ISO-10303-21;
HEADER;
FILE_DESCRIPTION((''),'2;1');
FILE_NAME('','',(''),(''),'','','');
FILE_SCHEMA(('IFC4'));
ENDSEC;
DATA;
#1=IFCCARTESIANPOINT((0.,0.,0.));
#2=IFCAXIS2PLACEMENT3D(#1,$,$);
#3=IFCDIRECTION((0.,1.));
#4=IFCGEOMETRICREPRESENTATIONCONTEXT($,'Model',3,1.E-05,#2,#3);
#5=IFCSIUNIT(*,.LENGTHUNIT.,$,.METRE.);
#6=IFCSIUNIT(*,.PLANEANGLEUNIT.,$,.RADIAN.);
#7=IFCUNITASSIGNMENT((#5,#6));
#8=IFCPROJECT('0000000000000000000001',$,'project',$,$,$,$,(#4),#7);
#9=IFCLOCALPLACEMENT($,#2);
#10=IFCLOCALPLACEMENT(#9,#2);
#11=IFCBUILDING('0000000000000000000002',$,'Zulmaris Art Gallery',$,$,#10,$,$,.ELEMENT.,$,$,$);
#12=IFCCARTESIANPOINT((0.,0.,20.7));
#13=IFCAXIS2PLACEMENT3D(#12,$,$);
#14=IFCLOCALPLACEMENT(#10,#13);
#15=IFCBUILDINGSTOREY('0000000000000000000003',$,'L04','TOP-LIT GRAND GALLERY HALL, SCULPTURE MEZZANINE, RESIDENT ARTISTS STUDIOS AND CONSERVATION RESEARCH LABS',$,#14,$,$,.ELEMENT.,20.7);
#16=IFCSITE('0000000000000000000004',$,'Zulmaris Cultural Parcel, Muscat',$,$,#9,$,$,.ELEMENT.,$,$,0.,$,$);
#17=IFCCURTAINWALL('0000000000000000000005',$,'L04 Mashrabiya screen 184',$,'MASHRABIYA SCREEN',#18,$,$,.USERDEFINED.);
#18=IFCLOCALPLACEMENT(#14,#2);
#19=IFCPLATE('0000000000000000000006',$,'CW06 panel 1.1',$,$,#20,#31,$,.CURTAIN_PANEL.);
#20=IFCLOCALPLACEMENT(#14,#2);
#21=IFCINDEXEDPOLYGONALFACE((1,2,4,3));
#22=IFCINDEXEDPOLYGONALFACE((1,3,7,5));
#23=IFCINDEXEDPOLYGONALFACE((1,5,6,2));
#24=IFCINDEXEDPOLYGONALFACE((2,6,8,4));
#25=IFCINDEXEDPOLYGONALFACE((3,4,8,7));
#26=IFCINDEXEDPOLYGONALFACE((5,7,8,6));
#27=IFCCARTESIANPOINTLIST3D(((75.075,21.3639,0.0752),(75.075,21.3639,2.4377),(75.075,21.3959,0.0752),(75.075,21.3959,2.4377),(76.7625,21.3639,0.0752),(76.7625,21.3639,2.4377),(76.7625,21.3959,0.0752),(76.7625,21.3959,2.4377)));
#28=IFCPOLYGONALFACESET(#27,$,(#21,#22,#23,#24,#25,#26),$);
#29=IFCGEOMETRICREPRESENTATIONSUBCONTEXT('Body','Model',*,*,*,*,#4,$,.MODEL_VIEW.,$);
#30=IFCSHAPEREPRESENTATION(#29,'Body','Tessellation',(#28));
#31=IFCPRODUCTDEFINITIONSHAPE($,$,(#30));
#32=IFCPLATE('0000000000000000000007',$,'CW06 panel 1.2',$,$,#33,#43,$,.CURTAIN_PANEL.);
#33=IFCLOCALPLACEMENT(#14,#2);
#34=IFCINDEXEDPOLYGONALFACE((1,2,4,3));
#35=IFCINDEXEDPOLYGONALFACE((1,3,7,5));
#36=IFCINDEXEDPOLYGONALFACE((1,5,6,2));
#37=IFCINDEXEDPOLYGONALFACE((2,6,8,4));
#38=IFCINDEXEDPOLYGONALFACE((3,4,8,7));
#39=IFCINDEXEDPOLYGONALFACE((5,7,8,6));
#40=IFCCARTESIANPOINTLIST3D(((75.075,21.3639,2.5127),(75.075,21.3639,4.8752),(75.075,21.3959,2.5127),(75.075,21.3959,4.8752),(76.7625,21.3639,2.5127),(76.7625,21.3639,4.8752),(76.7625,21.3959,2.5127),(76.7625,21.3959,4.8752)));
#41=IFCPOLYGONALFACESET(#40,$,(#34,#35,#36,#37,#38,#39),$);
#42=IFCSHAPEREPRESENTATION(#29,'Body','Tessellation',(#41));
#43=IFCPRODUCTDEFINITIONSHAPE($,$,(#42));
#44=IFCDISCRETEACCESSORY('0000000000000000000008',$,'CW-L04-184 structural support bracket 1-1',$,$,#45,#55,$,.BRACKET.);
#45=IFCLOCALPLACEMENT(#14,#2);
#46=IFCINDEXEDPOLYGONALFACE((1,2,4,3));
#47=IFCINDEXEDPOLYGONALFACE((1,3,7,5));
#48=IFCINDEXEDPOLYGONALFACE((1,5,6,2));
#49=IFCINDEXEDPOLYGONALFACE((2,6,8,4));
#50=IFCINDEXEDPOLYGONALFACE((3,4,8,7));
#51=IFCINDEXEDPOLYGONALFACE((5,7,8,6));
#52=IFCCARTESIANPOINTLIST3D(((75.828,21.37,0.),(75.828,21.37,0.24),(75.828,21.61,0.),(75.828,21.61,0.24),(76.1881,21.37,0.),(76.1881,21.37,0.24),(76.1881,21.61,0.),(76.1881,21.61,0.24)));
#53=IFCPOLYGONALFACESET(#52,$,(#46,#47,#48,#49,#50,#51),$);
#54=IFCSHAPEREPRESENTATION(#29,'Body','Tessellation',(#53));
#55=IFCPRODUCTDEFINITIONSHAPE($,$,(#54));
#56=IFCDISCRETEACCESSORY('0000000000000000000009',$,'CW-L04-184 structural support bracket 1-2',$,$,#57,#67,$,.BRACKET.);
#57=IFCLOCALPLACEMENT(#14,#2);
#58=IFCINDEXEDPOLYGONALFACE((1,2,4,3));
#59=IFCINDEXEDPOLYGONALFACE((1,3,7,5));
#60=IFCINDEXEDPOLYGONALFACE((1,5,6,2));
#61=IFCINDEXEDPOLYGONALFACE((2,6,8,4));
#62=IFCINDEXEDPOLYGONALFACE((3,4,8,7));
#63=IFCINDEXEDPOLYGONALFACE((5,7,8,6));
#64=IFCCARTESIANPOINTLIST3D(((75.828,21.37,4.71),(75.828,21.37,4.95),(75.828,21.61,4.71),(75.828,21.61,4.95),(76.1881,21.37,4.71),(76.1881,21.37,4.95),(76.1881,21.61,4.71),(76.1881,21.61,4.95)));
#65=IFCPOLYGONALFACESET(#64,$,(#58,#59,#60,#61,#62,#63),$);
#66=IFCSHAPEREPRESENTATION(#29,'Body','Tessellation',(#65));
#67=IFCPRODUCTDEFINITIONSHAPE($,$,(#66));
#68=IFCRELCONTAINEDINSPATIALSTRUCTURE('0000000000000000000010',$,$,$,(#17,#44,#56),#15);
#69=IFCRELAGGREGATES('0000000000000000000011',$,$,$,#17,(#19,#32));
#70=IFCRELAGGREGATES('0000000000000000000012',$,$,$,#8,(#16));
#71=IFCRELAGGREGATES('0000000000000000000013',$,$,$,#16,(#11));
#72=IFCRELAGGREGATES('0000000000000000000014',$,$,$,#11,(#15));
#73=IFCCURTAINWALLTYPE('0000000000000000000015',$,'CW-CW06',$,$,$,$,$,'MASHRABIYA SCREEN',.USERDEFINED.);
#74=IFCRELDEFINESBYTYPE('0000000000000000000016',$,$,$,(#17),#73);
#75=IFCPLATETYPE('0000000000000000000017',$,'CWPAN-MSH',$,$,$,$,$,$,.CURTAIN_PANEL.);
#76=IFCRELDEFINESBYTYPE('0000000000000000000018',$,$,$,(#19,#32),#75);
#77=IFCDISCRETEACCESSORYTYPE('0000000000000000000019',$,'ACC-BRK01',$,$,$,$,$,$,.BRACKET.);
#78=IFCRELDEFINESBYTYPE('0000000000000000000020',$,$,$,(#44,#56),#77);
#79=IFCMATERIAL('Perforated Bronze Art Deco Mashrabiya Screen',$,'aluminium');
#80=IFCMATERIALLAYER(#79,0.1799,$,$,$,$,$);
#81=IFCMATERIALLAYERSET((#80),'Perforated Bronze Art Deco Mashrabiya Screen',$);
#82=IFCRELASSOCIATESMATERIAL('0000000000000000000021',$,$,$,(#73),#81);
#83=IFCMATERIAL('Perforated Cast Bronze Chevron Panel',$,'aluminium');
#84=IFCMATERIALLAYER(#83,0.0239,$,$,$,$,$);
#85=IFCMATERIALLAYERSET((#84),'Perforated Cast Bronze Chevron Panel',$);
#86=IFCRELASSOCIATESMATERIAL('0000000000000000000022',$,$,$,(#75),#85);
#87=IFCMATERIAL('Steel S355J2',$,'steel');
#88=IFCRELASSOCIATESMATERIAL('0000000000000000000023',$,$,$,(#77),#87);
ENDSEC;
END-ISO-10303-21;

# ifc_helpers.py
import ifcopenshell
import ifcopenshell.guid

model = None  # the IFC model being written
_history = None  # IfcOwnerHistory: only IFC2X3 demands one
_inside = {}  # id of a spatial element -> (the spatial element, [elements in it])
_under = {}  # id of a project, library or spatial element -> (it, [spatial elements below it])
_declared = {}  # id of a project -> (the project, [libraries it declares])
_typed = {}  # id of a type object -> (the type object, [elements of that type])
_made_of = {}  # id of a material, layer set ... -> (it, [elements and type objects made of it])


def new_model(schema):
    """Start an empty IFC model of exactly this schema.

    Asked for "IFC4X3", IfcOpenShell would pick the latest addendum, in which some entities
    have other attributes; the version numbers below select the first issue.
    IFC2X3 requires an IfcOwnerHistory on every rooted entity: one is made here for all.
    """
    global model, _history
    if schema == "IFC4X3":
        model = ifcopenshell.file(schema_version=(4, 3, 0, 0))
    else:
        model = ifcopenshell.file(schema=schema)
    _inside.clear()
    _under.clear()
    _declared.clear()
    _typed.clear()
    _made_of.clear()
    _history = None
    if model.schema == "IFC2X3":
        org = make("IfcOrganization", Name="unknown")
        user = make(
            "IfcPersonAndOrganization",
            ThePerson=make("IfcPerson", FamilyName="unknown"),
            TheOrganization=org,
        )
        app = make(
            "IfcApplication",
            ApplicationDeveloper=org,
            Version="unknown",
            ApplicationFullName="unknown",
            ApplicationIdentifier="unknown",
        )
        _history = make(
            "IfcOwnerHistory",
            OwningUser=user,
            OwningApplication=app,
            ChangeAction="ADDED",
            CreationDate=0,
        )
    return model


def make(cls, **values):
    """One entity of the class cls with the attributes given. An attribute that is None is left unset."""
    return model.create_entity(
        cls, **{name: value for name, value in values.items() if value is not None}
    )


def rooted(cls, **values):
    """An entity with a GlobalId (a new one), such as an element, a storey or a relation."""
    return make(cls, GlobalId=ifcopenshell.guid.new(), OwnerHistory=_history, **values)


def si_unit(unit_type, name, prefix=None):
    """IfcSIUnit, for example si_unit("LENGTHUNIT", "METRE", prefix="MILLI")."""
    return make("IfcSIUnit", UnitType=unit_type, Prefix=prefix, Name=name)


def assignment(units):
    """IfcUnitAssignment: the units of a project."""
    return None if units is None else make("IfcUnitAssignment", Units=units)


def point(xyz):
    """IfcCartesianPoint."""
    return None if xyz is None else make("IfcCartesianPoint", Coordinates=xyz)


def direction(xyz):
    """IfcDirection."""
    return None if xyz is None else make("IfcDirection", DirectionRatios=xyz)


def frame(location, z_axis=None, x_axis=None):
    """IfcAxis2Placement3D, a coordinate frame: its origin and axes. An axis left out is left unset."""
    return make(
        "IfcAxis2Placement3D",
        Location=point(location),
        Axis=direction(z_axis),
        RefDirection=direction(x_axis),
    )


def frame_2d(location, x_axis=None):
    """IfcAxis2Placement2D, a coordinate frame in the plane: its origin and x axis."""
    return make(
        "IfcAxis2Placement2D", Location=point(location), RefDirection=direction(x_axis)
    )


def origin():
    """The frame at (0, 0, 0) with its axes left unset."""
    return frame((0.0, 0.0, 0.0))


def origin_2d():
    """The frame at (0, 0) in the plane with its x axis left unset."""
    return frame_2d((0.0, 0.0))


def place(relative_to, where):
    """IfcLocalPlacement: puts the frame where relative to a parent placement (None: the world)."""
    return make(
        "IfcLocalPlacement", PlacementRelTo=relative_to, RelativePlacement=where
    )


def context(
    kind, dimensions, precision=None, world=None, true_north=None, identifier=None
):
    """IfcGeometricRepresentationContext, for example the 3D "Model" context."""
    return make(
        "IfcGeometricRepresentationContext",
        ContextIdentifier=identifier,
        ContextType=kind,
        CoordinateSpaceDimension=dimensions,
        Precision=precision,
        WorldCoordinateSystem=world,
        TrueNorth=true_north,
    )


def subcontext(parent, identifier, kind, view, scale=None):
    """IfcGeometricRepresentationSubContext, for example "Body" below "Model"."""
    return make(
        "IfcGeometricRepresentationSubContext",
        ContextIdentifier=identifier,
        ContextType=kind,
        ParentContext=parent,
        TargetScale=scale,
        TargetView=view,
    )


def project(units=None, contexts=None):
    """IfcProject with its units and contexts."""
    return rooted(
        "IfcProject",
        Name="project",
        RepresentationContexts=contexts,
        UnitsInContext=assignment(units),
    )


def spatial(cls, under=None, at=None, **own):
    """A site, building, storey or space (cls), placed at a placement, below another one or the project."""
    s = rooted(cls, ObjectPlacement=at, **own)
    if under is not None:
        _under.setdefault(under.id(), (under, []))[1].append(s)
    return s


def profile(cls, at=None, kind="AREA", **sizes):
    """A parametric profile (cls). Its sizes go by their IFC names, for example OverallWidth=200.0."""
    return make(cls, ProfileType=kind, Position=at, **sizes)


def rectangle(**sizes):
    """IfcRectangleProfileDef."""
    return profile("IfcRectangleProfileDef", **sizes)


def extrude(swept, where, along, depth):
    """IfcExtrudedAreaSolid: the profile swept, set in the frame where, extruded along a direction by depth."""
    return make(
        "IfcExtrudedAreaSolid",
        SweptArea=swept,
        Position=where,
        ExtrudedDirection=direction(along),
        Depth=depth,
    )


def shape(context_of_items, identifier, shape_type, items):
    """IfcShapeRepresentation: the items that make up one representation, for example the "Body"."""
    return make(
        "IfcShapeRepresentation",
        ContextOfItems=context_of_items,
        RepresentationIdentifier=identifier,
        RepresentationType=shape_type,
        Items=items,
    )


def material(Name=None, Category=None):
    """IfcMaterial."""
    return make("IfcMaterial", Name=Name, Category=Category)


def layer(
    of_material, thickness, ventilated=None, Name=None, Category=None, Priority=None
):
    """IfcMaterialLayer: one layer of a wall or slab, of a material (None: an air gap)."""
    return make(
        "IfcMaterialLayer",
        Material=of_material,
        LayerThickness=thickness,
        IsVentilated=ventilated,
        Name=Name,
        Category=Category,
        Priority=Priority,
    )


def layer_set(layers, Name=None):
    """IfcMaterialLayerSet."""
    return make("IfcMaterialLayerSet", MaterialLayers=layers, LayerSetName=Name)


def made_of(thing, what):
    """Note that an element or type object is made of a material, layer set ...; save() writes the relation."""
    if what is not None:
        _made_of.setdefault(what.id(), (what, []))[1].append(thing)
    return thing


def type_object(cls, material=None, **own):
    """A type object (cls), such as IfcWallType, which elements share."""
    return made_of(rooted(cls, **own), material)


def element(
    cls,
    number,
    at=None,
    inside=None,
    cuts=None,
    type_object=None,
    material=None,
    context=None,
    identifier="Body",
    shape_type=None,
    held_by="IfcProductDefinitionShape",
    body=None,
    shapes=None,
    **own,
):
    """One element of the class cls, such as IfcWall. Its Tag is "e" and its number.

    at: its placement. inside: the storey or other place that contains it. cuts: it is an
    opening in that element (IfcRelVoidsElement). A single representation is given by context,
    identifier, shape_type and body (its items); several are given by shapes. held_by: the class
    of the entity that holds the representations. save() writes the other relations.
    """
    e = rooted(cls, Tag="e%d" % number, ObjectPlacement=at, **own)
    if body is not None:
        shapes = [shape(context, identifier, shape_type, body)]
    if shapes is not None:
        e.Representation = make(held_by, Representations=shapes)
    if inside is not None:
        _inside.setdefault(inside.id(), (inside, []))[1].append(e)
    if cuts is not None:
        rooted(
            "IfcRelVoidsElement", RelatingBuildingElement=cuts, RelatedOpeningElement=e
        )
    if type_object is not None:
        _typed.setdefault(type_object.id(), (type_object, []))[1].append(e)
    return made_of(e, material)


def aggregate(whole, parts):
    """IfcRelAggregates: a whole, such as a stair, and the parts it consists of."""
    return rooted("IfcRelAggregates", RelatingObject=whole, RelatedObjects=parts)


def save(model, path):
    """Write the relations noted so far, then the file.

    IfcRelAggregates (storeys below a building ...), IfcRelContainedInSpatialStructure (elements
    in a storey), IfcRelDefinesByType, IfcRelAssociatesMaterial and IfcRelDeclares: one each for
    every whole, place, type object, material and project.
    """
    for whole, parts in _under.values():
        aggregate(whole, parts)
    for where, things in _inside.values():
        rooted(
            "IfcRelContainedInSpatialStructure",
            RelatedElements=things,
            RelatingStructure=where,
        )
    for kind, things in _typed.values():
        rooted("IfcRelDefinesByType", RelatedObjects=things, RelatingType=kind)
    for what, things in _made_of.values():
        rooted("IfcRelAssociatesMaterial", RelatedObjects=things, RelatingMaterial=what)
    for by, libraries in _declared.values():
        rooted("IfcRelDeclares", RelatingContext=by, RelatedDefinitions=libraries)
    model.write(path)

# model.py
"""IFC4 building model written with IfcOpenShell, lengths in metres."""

from ifc_helpers import new_model, si_unit, direction, frame, origin, origin_2d, place, context, subcontext, project, spatial, rectangle, extrude, material, layer, layer_set, type_object, element, aggregate, save


model = new_model("IFC4")

# Units and contexts
model_context = context("Model", 3, precision=1e-05, world=origin(), true_north=direction((0.0, 1.0)))
body_context = subcontext(model_context, "Body", "Model", "MODEL_VIEW")
ifc_project = project(units=[si_unit("LENGTHUNIT", "METRE"), si_unit("PLANEANGLEUNIT", "RADIAN")], contexts=[model_context])

# Site, building, storey
site_placement = place(None, origin())
site = spatial("IfcSite", under=ifc_project, at=site_placement, Name="Zulmaris Cultural Parcel, Muscat", CompositionType="ELEMENT", RefElevation=0.0)
building_placement = place(site_placement, origin())
building = spatial("IfcBuilding", under=site, at=building_placement, Name="Zulmaris Art Gallery", CompositionType="ELEMENT")
storey_placement = place(building_placement, frame((0.0, 0.0, 20.7)))
storey = spatial("IfcBuildingStorey", under=building, at=storey_placement, Name="L04", Description="TOP-LIT GRAND GALLERY HALL, SCULPTURE MEZZANINE, RESIDENT ARTISTS STUDIOS AND CONSERVATION RESEARCH LABS", CompositionType="ELEMENT", Elevation=20.7)

# Shared definitions
ifc_material_1 = material(Name="Steel S355J2", Category="steel")

# Shared definitions
ifc_material_2 = material(Name="Perforated Bronze Art Deco Mashrabiya Screen", Category="aluminium")
ifc_layer_1 = layer(ifc_material_2, 0.1799)
ifc_layer_set_1 = layer_set([ifc_layer_1], Name="Perforated Bronze Art Deco Mashrabiya Screen")
curtain_wall_type_1 = type_object("IfcCurtainWallType", Name="CW-CW06", ElementType="MASHRABIYA SCREEN", PredefinedType="USERDEFINED", material=ifc_layer_set_1)

# Curtain wall
curtain_wall_1_placement = place(storey_placement, origin())
curtain_wall_1 = element("IfcCurtainWall", 1, at=curtain_wall_1_placement, inside=storey, type_object=curtain_wall_type_1, Name="L04 Mashrabiya screen 184", ObjectType="MASHRABIYA SCREEN", PredefinedType="USERDEFINED")

# Plates
ifc_material_3 = material(Name="Perforated Cast Bronze Chevron Panel", Category="aluminium")
ifc_layer_2 = layer(ifc_material_3, 0.0239)
ifc_layer_set_2 = layer_set([ifc_layer_2], Name="Perforated Cast Bronze Chevron Panel")
plate_type_1 = type_object("IfcPlateType", Name="CWPAN-MSH", PredefinedType="CURTAIN_PANEL", material=ifc_layer_set_2)
plate_1_placement = place(storey_placement, frame((75.9187, 21.3799, 0.0752), z_axis=(0.0, 0.0, 1.0), x_axis=(1.0, 0.0, 0.0)))
plate_1 = element("IfcPlate", 2, at=plate_1_placement, type_object=plate_type_1, Name="CW06 panel 1.1", PredefinedType="CURTAIN_PANEL", context=body_context, shape_type="SweptSolid", body=[
    extrude(rectangle(XDim=1.6875, YDim=0.032, at=origin_2d()), origin(), (0.0, 0.0, 1.0), 2.3625),
])
plate_2_placement = place(storey_placement, frame((75.9187, 21.3799, 2.5127), z_axis=(0.0, 0.0, 1.0), x_axis=(1.0, 0.0, 0.0)))
plate_2 = element("IfcPlate", 3, at=plate_2_placement, type_object=plate_type_1, Name="CW06 panel 1.2", PredefinedType="CURTAIN_PANEL", context=body_context, shape_type="SweptSolid", body=[
    extrude(rectangle(XDim=1.6875, YDim=0.032, at=origin_2d()), origin(), (0.0, 0.0, 1.0), 2.3625),
])
aggregate(curtain_wall_1, [plate_1, plate_2])

# Discrete accessories
discrete_accessory_type = type_object("IfcDiscreteAccessoryType", Name="ACC-BRK01", PredefinedType="BRACKET", material=ifc_material_1)
for number, where, z_axis, x_axis, name in (
    (4, (76.0081, 21.49, 0.0), (0.0, 0.0, 1.0), (1.0, 0.0, 0.0), "CW-L04-184 structural support bracket 1-1"),
    (5, (76.0081, 21.49, 4.71), (0.0, 0.0, 1.0), (1.0, 0.0, 0.0), "CW-L04-184 structural support bracket 1-2"),
):
    element("IfcDiscreteAccessory", number, at=place(storey_placement, frame(where, z_axis=z_axis, x_axis=x_axis)), inside=storey, type_object=discrete_accessory_type, Name=name, PredefinedType="BRACKET", context=body_context, shape_type="SweptSolid", body=[
        extrude(rectangle(XDim=0.3601, YDim=0.24, at=origin_2d()), origin(), (0.0, 0.0, 1.0), 0.24),
    ])

save(model, "model.ifc")
